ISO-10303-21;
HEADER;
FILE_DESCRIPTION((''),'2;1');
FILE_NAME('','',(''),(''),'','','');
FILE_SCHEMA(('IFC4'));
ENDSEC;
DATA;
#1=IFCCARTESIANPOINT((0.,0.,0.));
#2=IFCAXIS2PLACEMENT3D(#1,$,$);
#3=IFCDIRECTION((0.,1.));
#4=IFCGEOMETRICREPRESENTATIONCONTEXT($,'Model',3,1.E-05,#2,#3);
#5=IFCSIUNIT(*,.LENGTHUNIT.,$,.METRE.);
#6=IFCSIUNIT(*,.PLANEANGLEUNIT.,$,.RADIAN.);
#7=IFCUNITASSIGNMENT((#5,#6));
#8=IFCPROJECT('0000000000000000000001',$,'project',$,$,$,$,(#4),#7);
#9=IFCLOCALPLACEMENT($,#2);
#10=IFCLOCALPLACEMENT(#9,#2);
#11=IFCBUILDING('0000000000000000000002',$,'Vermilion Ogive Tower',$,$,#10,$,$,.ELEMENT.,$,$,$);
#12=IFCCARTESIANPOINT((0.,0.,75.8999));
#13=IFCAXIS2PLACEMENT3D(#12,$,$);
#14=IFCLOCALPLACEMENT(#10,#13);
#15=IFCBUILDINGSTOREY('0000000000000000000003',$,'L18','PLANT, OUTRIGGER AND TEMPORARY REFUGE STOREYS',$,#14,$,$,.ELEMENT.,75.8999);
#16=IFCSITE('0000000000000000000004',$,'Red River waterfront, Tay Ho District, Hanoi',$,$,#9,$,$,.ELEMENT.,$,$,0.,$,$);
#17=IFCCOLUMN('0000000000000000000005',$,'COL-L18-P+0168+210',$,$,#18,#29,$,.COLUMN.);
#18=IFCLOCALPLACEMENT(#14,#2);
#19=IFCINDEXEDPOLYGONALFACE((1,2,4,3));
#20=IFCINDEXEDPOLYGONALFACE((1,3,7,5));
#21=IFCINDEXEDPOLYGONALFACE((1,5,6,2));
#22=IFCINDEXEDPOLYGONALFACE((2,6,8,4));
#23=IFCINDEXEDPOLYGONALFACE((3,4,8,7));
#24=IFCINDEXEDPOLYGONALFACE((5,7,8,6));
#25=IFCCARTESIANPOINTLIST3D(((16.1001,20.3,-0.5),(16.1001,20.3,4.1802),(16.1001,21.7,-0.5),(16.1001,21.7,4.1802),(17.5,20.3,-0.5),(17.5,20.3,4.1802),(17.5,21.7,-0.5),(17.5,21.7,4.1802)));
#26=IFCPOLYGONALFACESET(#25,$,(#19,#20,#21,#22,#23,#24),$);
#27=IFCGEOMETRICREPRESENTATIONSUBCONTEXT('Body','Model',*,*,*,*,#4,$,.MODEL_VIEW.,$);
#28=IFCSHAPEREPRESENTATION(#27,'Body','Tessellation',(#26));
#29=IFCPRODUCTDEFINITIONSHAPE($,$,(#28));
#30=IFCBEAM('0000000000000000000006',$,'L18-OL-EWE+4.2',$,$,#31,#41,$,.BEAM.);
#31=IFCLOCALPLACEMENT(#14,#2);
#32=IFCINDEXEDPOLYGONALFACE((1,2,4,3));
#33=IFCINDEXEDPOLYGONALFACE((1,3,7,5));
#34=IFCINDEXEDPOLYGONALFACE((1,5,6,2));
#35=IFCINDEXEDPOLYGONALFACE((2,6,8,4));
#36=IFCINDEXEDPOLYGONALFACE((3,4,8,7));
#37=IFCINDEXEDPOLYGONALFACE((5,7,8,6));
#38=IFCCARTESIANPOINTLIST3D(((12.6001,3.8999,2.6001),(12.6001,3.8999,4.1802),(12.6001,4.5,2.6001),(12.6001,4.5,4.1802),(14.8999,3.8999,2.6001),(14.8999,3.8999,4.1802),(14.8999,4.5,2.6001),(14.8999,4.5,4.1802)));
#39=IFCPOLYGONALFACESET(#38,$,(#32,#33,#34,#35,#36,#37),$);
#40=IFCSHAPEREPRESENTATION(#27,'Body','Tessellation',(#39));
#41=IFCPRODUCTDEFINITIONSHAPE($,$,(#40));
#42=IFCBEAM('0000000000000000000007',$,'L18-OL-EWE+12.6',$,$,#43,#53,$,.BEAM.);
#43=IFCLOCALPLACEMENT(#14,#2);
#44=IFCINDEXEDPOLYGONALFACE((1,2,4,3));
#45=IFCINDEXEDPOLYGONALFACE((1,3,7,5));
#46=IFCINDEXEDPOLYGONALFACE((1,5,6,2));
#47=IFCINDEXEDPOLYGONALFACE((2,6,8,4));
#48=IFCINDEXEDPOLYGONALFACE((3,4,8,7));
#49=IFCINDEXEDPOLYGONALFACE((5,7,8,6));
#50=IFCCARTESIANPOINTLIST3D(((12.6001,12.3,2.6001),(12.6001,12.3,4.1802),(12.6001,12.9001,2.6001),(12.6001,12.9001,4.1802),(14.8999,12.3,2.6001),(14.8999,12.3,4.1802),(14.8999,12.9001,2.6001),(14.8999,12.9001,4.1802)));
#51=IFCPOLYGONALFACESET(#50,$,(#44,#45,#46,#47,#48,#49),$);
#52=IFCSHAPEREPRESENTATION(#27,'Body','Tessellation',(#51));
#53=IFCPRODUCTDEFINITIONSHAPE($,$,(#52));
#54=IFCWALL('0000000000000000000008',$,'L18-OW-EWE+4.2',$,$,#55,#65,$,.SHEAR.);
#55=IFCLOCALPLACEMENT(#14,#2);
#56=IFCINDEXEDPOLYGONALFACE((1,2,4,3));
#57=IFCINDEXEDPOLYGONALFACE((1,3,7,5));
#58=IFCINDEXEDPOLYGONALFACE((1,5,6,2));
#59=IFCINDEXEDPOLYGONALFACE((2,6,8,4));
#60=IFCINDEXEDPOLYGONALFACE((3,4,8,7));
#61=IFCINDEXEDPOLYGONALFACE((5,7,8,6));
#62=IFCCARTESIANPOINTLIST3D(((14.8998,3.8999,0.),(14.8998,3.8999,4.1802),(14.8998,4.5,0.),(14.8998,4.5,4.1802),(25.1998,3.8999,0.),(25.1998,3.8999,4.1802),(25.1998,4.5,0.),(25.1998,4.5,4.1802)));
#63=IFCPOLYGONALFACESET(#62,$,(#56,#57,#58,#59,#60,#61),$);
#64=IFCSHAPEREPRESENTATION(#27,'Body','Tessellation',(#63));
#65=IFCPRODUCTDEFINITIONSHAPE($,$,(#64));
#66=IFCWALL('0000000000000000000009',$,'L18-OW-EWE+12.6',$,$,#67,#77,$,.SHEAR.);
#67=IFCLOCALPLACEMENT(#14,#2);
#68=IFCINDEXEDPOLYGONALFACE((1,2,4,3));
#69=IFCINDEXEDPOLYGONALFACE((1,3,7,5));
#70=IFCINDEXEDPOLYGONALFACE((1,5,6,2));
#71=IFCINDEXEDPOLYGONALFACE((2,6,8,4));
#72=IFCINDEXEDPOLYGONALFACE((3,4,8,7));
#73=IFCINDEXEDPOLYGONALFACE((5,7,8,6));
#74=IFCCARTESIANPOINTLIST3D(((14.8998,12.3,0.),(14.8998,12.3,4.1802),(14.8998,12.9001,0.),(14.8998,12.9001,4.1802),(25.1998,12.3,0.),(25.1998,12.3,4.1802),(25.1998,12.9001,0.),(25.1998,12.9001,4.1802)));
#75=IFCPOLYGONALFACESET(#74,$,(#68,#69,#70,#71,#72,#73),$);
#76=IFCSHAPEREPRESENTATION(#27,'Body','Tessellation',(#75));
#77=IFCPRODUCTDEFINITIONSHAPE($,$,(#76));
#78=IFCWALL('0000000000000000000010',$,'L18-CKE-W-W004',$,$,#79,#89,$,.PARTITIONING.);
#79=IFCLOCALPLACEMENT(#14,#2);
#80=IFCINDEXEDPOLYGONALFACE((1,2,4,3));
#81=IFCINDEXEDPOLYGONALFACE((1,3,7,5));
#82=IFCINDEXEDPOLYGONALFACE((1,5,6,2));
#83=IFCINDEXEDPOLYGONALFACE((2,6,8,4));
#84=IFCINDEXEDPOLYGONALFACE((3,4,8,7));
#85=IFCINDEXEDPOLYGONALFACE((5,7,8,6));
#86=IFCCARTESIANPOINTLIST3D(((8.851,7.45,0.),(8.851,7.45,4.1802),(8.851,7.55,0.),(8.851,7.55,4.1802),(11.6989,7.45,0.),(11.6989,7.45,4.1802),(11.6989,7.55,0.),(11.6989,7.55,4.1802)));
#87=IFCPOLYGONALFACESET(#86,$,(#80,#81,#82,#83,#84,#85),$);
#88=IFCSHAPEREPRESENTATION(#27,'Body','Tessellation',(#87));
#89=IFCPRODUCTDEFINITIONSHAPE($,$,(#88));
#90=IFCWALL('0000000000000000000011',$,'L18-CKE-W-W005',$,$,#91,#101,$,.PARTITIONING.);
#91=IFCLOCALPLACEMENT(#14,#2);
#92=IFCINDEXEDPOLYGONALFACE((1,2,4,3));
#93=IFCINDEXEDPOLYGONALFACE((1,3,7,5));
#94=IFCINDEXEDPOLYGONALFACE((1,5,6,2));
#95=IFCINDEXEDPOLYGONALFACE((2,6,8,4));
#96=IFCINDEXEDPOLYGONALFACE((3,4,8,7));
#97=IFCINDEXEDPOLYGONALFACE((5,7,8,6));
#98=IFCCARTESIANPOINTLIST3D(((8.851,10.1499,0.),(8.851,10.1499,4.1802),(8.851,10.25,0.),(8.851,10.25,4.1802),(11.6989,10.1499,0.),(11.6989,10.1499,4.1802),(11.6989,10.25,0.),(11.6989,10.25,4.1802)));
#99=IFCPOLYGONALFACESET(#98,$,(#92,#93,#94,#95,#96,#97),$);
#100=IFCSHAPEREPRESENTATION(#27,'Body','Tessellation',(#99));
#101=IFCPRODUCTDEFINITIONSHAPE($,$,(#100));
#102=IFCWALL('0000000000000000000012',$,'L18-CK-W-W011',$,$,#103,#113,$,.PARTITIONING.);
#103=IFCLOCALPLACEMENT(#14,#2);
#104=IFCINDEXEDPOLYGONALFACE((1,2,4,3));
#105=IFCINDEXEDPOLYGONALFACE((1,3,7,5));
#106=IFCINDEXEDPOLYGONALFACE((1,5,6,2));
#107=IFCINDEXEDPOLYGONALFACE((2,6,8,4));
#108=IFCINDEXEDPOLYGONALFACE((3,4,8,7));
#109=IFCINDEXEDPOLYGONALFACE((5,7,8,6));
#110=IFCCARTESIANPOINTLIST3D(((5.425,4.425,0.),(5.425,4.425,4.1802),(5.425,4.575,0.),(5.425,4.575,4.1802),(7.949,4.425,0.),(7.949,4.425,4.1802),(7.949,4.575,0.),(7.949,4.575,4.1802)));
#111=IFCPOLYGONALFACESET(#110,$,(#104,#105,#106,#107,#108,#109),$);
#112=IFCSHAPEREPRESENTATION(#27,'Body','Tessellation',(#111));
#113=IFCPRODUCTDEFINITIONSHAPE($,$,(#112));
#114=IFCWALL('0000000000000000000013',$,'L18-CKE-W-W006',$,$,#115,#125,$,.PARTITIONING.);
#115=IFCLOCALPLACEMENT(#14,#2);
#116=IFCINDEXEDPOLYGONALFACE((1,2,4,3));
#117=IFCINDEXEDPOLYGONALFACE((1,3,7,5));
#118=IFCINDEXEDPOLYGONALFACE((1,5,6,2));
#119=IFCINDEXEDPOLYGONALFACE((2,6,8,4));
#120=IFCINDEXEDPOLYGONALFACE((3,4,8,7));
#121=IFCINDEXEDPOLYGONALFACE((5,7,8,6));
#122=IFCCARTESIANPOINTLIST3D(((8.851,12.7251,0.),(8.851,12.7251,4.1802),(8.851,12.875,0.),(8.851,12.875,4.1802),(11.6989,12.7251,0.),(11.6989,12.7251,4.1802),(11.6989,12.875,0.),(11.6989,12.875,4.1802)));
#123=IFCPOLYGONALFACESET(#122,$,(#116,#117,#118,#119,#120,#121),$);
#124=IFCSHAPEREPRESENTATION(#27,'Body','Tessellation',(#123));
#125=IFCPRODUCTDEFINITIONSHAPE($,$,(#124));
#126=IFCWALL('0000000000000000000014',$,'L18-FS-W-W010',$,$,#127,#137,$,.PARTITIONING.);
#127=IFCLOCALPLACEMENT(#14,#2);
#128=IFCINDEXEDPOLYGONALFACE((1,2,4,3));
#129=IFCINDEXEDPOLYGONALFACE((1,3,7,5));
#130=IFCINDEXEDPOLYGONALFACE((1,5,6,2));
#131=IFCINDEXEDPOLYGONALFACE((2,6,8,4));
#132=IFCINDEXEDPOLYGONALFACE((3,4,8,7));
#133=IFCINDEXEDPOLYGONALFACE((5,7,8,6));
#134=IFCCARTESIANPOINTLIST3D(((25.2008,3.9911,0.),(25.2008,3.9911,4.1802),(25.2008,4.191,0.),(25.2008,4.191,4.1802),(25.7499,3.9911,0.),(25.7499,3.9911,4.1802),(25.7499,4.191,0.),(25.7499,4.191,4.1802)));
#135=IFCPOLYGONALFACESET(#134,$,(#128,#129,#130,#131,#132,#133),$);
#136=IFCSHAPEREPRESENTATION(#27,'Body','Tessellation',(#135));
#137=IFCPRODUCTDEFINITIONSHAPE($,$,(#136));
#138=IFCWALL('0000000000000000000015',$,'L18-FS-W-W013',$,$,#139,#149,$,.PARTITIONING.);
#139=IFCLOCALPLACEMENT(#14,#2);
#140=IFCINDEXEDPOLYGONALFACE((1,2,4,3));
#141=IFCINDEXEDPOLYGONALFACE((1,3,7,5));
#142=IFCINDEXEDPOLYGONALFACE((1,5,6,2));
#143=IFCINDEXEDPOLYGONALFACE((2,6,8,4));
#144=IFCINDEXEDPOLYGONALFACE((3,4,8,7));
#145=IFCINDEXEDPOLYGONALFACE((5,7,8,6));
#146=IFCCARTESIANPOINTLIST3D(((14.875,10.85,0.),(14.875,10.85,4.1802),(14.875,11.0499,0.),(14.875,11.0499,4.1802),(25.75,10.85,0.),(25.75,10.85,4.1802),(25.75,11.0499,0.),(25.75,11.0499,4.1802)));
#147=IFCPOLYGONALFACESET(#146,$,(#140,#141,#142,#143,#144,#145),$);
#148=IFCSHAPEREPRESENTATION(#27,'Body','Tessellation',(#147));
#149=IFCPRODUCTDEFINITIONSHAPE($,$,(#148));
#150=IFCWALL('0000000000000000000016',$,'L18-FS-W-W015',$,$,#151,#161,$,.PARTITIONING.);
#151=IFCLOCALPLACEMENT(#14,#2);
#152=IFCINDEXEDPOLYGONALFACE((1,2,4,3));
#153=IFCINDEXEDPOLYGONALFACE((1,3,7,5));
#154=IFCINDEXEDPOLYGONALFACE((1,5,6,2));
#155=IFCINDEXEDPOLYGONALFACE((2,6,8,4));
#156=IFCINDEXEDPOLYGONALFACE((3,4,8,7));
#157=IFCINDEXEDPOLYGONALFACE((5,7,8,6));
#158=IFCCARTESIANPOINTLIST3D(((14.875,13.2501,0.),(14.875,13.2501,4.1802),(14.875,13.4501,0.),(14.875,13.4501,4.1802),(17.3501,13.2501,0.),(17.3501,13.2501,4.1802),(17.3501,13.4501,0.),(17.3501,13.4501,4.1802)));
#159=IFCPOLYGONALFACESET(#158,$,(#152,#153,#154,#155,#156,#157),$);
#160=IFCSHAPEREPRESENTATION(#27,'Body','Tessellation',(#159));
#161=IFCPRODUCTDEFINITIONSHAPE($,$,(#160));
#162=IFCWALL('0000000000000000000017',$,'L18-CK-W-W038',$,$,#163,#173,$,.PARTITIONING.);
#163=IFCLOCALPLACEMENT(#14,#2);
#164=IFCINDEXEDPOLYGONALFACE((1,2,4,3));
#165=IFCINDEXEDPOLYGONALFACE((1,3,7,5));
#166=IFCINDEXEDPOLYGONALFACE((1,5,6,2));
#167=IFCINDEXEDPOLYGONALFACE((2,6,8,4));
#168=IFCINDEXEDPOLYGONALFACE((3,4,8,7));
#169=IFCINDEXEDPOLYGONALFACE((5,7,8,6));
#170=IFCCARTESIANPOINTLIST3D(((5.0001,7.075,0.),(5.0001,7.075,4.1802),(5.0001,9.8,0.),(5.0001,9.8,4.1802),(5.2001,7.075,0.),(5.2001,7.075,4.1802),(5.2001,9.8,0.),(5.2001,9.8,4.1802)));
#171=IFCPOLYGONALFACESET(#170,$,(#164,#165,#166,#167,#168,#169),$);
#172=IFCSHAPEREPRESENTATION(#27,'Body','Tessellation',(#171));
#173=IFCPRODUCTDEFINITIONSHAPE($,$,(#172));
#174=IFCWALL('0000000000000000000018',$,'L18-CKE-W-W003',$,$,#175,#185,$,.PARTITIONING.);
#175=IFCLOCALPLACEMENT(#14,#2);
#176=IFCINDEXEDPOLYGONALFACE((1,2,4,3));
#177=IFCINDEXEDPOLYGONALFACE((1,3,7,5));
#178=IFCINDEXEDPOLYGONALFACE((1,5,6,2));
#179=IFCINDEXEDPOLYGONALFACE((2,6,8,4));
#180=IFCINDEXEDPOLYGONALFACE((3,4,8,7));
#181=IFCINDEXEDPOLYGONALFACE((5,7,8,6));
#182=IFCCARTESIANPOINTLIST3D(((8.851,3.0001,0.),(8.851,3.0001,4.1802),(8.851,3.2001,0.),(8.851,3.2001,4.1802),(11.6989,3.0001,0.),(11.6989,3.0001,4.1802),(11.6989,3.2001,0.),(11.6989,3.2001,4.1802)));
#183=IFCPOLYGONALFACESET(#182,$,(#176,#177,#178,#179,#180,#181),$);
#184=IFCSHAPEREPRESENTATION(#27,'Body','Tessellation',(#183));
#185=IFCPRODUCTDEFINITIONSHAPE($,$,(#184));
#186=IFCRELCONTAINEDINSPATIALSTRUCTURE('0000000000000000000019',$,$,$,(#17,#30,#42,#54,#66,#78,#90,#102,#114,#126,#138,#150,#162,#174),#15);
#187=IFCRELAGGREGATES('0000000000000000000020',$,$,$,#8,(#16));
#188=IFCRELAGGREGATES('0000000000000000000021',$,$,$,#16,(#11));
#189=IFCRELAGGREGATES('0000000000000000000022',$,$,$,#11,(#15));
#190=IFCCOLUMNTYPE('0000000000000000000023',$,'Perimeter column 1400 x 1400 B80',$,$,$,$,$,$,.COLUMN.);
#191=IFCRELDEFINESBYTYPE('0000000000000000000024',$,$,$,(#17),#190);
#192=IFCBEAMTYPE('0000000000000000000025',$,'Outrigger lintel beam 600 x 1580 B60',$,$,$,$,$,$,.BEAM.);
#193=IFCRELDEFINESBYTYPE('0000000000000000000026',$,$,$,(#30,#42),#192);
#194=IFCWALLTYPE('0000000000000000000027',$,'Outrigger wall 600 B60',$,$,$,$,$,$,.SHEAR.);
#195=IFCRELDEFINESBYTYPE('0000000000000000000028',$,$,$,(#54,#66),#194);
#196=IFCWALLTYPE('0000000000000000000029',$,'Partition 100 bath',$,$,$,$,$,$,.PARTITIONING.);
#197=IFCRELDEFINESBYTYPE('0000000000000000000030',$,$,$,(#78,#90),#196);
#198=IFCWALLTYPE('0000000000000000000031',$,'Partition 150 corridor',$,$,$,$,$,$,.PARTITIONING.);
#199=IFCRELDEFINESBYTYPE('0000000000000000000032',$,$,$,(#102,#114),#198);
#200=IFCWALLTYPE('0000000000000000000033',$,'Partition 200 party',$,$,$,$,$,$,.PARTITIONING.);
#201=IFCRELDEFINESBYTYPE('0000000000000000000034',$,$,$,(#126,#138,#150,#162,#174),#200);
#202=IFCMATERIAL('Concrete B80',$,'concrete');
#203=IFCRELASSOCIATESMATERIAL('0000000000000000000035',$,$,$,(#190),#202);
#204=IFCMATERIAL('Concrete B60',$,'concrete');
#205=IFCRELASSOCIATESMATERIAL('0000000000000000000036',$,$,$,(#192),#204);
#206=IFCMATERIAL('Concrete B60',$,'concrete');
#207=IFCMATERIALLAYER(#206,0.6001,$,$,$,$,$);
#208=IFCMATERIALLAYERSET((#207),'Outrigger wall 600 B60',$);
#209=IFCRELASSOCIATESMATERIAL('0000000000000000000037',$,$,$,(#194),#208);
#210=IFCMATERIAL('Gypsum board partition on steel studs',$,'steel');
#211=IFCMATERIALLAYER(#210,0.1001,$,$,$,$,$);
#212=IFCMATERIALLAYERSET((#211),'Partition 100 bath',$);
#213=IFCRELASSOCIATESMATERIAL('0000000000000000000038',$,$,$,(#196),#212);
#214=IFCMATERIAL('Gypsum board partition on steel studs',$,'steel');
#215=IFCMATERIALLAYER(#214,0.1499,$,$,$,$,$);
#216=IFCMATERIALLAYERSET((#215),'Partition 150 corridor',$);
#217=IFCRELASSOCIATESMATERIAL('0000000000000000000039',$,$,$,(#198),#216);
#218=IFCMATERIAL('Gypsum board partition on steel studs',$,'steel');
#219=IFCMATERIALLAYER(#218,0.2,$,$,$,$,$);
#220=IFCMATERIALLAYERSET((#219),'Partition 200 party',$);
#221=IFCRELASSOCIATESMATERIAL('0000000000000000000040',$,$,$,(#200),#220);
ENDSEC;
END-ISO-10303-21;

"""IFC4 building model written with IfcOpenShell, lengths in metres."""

from ifc_helpers import new_model, si_unit, direction, frame, frame_2d, origin, origin_2d, place, context, subcontext, project, spatial, rectangle, extrude, material, layer, layer_set, material_profile, profile_set, type_object, element, save


model = new_model("IFC4")

# Units and contexts
model_context = context("Model", 3, precision=1e-05, world=origin(), true_north=direction((0.0, 1.0)))
body_context = subcontext(model_context, "Body", "Model", "MODEL_VIEW")
ifc_project = project(units=[si_unit("LENGTHUNIT", "METRE"), si_unit("PLANEANGLEUNIT", "RADIAN")], contexts=[model_context])

# Site, building, storey
site_placement = place(None, origin())
site = spatial("IfcSite", under=ifc_project, at=site_placement, Name="Red River waterfront, Tay Ho District, Hanoi", CompositionType="ELEMENT", RefElevation=0.0)
building_placement = place(site_placement, origin())
building = spatial("IfcBuilding", under=site, at=building_placement, Name="Vermilion Ogive Tower", CompositionType="ELEMENT")
storey_placement = place(building_placement, frame((0.0, 0.0, 75.8999)))
storey = spatial("IfcBuildingStorey", under=building, at=storey_placement, Name="L18", Description="PLANT, OUTRIGGER AND TEMPORARY REFUGE STOREYS", CompositionType="ELEMENT", Elevation=75.8999)

# Column
ifc_material_1 = material(Name="Concrete B80", Category="concrete")
ifc_material_profile_1 = material_profile(ifc_material_1, rectangle(XDim=1.3999, YDim=1.3999, at=origin_2d()), Name="1400 x 1400")
ifc_profile_set_1 = profile_set([ifc_material_profile_1], Name="Concrete B80")
column_type = type_object("IfcColumnType", Name="Perimeter column 1400 x 1400 B80", PredefinedType="COLUMN", material=ifc_profile_set_1)
column_placement = place(storey_placement, frame((16.8, 21.0, -0.5), z_axis=(0.0, 0.0, 1.0), x_axis=(1.0, 0.0, 0.0)))
element("IfcColumn", 1, at=column_placement, inside=storey, type_object=column_type, Name="COL-L18-P+0168+210", PredefinedType="COLUMN", context=body_context, shape_type="SweptSolid", body=[
    extrude(rectangle(XDim=1.3999, YDim=1.3999, at=origin_2d()), origin(), (0.0, 0.0, 1.0), 4.6802),
])

# Beams
ifc_material_2 = material(Name="Concrete B60", Category="concrete")
ifc_material_profile_2 = material_profile(ifc_material_2, rectangle(XDim=0.6001, YDim=1.5801, at=origin_2d()), Name="600 x 1580")
ifc_profile_set_2 = profile_set([ifc_material_profile_2], Name="Concrete B60")
beam_type = type_object("IfcBeamType", Name="Outrigger lintel beam 600 x 1580 B60", PredefinedType="BEAM", material=ifc_profile_set_2)
for number, where, z_axis, x_axis, name in (
    (2, (12.6001, 4.2, 3.3901), (1.0, 0.0, 0.0), (0.0, 1.0, 0.0), "L18-OL-EWE+4.2"),
    (3, (12.6001, 12.6001, 3.3901), (1.0, 0.0, 0.0), (0.0, 1.0, 0.0), "L18-OL-EWE+12.6"),
):
    element("IfcBeam", number, at=place(storey_placement, frame(where, z_axis=z_axis, x_axis=x_axis)), inside=storey, type_object=beam_type, Name=name, PredefinedType="BEAM", context=body_context, shape_type="SweptSolid", body=[
        extrude(rectangle(XDim=0.6001, YDim=1.5801, at=origin_2d()), origin(), (0.0, 0.0, 1.0), 2.2998),
    ])

# Walls
ifc_material_3 = material(Name="Concrete B60", Category="concrete")
ifc_layer_1 = layer(ifc_material_3, 0.6001)
ifc_layer_set_1 = layer_set([ifc_layer_1], Name="Outrigger wall 600 B60")
wall_type_1 = type_object("IfcWallType", Name="Outrigger wall 600 B60", PredefinedType="SHEAR", material=ifc_layer_set_1)
for number, where, z_axis, x_axis, name in (
    (4, (14.8999, 4.2, 0.0), (0.0, 0.0, 1.0), (1.0, 0.0, 0.0), "L18-OW-EWE+4.2"),
    (5, (14.8999, 12.6001, 0.0), (0.0, 0.0, 1.0), (1.0, 0.0, 0.0), "L18-OW-EWE+12.6"),
):
    element("IfcWall", number, at=place(storey_placement, frame(where, z_axis=z_axis, x_axis=x_axis)), inside=storey, type_object=wall_type_1, Name=name, PredefinedType="SHEAR", context=body_context, shape_type="SweptSolid", body=[
        extrude(rectangle(XDim=10.3, YDim=0.6001, at=frame_2d((5.1499, 0.0))), origin(), (0.0, 0.0, 1.0), 4.1802),
    ])
ifc_material_4 = material(Name="Gypsum board partition on steel studs", Category="steel")
ifc_layer_2 = layer(ifc_material_4, 0.1001)
ifc_layer_set_2 = layer_set([ifc_layer_2], Name="Partition 100 bath")
wall_type_2 = type_object("IfcWallType", Name="Partition 100 bath", PredefinedType="PARTITIONING", material=ifc_layer_set_2)
for number, where, z_axis, x_axis, name in (
    (6, (8.8511, 7.5, 0.0), (0.0, 0.0, 1.0), (1.0, 0.0, 0.0), "L18-CKE-W-W004"),
    (7, (8.8511, 10.2, 0.0), (0.0, 0.0, 1.0), (1.0, 0.0, 0.0), "L18-CKE-W-W005"),
):
    element("IfcWall", number, at=place(storey_placement, frame(where, z_axis=z_axis, x_axis=x_axis)), inside=storey, type_object=wall_type_2, Name=name, PredefinedType="PARTITIONING", context=body_context, shape_type="SweptSolid", body=[
        extrude(rectangle(XDim=2.8479, YDim=0.1001, at=frame_2d((1.4238, 0.0))), origin(), (0.0, 0.0, 1.0), 4.1802),
    ])
ifc_material_5 = material(Name="Gypsum board partition on steel studs", Category="steel")
ifc_layer_3 = layer(ifc_material_5, 0.1499)
ifc_layer_set_3 = layer_set([ifc_layer_3], Name="Partition 150 corridor")
wall_type_3 = type_object("IfcWallType", Name="Partition 150 corridor", PredefinedType="PARTITIONING", material=ifc_layer_set_3)
wall_1_placement = place(storey_placement, frame((5.425, 4.5, 0.0), z_axis=(0.0, 0.0, 1.0), x_axis=(1.0, 0.0, 0.0)))
element("IfcWall", 8, at=wall_1_placement, inside=storey, type_object=wall_type_3, Name="L18-CK-W-W011", PredefinedType="PARTITIONING", context=body_context, shape_type="SweptSolid", body=[
    extrude(rectangle(XDim=2.5239, YDim=0.1499, at=frame_2d((1.262, 0.0))), origin(), (0.0, 0.0, 1.0), 4.1802),
])
wall_2_placement = place(storey_placement, frame((8.8511, 12.8, 0.0), z_axis=(0.0, 0.0, 1.0), x_axis=(1.0, 0.0, 0.0)))
element("IfcWall", 9, at=wall_2_placement, inside=storey, type_object=wall_type_3, Name="L18-CKE-W-W006", PredefinedType="PARTITIONING", context=body_context, shape_type="SweptSolid", body=[
    extrude(rectangle(XDim=2.8479, YDim=0.1499, at=frame_2d((1.4238, 0.0))), origin(), (0.0, 0.0, 1.0), 4.1802),
])
ifc_material_6 = material(Name="Gypsum board partition on steel studs", Category="steel")
ifc_layer_4 = layer(ifc_material_6, 0.2)
ifc_layer_set_4 = layer_set([ifc_layer_4], Name="Partition 200 party")
wall_type_4 = type_object("IfcWallType", Name="Partition 200 party", PredefinedType="PARTITIONING", material=ifc_layer_set_4)
wall_3_placement = place(storey_placement, frame((25.2009, 4.0911, 0.0), z_axis=(0.0, 0.0, 1.0), x_axis=(1.0, 0.0, 0.0)))
element("IfcWall", 10, at=wall_3_placement, inside=storey, type_object=wall_type_4, Name="L18-FS-W-W010", PredefinedType="PARTITIONING", context=body_context, shape_type="SweptSolid", body=[
    extrude(rectangle(XDim=0.5491, YDim=0.2, at=frame_2d((0.2744, 0.0))), origin(), (0.0, 0.0, 1.0), 4.1802),
])
wall_4_placement = place(storey_placement, frame((14.875, 10.95, 0.0), z_axis=(0.0, 0.0, 1.0), x_axis=(1.0, 0.0, 0.0)))
element("IfcWall", 11, at=wall_4_placement, inside=storey, type_object=wall_type_4, Name="L18-FS-W-W013", PredefinedType="PARTITIONING", context=body_context, shape_type="SweptSolid", body=[
    extrude(rectangle(XDim=10.875, YDim=0.2, at=frame_2d((5.4375, 0.0))), origin(), (0.0, 0.0, 1.0), 4.1802),
])
wall_5_placement = place(storey_placement, frame((14.875, 13.3501, 0.0), z_axis=(0.0, 0.0, 1.0), x_axis=(1.0, 0.0, 0.0)))
element("IfcWall", 12, at=wall_5_placement, inside=storey, type_object=wall_type_4, Name="L18-FS-W-W015", PredefinedType="PARTITIONING", context=body_context, shape_type="SweptSolid", body=[
    extrude(rectangle(XDim=2.4751, YDim=0.2, at=frame_2d((1.2375, 0.0))), origin(), (0.0, 0.0, 1.0), 4.1802),
])
wall_6_placement = place(storey_placement, frame((5.1001, 7.075, 0.0), z_axis=(0.0, 0.0, 1.0), x_axis=(0.0, 1.0, 0.0)))
element("IfcWall", 13, at=wall_6_placement, inside=storey, type_object=wall_type_4, Name="L18-CK-W-W038", PredefinedType="PARTITIONING", context=body_context, shape_type="SweptSolid", body=[
    extrude(rectangle(XDim=2.7251, YDim=0.2, at=frame_2d((1.3625, 0.0))), origin(), (0.0, 0.0, 1.0), 4.1802),
])
wall_7_placement = place(storey_placement, frame((8.8511, 3.1001, 0.0), z_axis=(0.0, 0.0, 1.0), x_axis=(1.0, 0.0, 0.0)))
element("IfcWall", 14, at=wall_7_placement, inside=storey, type_object=wall_type_4, Name="L18-CKE-W-W003", PredefinedType="PARTITIONING", context=body_context, shape_type="SweptSolid", body=[
    extrude(rectangle(XDim=2.8479, YDim=0.2, at=frame_2d((1.4238, 0.0))), origin(), (0.0, 0.0, 1.0), 4.1802),
])

save(model, "model.ifc")
